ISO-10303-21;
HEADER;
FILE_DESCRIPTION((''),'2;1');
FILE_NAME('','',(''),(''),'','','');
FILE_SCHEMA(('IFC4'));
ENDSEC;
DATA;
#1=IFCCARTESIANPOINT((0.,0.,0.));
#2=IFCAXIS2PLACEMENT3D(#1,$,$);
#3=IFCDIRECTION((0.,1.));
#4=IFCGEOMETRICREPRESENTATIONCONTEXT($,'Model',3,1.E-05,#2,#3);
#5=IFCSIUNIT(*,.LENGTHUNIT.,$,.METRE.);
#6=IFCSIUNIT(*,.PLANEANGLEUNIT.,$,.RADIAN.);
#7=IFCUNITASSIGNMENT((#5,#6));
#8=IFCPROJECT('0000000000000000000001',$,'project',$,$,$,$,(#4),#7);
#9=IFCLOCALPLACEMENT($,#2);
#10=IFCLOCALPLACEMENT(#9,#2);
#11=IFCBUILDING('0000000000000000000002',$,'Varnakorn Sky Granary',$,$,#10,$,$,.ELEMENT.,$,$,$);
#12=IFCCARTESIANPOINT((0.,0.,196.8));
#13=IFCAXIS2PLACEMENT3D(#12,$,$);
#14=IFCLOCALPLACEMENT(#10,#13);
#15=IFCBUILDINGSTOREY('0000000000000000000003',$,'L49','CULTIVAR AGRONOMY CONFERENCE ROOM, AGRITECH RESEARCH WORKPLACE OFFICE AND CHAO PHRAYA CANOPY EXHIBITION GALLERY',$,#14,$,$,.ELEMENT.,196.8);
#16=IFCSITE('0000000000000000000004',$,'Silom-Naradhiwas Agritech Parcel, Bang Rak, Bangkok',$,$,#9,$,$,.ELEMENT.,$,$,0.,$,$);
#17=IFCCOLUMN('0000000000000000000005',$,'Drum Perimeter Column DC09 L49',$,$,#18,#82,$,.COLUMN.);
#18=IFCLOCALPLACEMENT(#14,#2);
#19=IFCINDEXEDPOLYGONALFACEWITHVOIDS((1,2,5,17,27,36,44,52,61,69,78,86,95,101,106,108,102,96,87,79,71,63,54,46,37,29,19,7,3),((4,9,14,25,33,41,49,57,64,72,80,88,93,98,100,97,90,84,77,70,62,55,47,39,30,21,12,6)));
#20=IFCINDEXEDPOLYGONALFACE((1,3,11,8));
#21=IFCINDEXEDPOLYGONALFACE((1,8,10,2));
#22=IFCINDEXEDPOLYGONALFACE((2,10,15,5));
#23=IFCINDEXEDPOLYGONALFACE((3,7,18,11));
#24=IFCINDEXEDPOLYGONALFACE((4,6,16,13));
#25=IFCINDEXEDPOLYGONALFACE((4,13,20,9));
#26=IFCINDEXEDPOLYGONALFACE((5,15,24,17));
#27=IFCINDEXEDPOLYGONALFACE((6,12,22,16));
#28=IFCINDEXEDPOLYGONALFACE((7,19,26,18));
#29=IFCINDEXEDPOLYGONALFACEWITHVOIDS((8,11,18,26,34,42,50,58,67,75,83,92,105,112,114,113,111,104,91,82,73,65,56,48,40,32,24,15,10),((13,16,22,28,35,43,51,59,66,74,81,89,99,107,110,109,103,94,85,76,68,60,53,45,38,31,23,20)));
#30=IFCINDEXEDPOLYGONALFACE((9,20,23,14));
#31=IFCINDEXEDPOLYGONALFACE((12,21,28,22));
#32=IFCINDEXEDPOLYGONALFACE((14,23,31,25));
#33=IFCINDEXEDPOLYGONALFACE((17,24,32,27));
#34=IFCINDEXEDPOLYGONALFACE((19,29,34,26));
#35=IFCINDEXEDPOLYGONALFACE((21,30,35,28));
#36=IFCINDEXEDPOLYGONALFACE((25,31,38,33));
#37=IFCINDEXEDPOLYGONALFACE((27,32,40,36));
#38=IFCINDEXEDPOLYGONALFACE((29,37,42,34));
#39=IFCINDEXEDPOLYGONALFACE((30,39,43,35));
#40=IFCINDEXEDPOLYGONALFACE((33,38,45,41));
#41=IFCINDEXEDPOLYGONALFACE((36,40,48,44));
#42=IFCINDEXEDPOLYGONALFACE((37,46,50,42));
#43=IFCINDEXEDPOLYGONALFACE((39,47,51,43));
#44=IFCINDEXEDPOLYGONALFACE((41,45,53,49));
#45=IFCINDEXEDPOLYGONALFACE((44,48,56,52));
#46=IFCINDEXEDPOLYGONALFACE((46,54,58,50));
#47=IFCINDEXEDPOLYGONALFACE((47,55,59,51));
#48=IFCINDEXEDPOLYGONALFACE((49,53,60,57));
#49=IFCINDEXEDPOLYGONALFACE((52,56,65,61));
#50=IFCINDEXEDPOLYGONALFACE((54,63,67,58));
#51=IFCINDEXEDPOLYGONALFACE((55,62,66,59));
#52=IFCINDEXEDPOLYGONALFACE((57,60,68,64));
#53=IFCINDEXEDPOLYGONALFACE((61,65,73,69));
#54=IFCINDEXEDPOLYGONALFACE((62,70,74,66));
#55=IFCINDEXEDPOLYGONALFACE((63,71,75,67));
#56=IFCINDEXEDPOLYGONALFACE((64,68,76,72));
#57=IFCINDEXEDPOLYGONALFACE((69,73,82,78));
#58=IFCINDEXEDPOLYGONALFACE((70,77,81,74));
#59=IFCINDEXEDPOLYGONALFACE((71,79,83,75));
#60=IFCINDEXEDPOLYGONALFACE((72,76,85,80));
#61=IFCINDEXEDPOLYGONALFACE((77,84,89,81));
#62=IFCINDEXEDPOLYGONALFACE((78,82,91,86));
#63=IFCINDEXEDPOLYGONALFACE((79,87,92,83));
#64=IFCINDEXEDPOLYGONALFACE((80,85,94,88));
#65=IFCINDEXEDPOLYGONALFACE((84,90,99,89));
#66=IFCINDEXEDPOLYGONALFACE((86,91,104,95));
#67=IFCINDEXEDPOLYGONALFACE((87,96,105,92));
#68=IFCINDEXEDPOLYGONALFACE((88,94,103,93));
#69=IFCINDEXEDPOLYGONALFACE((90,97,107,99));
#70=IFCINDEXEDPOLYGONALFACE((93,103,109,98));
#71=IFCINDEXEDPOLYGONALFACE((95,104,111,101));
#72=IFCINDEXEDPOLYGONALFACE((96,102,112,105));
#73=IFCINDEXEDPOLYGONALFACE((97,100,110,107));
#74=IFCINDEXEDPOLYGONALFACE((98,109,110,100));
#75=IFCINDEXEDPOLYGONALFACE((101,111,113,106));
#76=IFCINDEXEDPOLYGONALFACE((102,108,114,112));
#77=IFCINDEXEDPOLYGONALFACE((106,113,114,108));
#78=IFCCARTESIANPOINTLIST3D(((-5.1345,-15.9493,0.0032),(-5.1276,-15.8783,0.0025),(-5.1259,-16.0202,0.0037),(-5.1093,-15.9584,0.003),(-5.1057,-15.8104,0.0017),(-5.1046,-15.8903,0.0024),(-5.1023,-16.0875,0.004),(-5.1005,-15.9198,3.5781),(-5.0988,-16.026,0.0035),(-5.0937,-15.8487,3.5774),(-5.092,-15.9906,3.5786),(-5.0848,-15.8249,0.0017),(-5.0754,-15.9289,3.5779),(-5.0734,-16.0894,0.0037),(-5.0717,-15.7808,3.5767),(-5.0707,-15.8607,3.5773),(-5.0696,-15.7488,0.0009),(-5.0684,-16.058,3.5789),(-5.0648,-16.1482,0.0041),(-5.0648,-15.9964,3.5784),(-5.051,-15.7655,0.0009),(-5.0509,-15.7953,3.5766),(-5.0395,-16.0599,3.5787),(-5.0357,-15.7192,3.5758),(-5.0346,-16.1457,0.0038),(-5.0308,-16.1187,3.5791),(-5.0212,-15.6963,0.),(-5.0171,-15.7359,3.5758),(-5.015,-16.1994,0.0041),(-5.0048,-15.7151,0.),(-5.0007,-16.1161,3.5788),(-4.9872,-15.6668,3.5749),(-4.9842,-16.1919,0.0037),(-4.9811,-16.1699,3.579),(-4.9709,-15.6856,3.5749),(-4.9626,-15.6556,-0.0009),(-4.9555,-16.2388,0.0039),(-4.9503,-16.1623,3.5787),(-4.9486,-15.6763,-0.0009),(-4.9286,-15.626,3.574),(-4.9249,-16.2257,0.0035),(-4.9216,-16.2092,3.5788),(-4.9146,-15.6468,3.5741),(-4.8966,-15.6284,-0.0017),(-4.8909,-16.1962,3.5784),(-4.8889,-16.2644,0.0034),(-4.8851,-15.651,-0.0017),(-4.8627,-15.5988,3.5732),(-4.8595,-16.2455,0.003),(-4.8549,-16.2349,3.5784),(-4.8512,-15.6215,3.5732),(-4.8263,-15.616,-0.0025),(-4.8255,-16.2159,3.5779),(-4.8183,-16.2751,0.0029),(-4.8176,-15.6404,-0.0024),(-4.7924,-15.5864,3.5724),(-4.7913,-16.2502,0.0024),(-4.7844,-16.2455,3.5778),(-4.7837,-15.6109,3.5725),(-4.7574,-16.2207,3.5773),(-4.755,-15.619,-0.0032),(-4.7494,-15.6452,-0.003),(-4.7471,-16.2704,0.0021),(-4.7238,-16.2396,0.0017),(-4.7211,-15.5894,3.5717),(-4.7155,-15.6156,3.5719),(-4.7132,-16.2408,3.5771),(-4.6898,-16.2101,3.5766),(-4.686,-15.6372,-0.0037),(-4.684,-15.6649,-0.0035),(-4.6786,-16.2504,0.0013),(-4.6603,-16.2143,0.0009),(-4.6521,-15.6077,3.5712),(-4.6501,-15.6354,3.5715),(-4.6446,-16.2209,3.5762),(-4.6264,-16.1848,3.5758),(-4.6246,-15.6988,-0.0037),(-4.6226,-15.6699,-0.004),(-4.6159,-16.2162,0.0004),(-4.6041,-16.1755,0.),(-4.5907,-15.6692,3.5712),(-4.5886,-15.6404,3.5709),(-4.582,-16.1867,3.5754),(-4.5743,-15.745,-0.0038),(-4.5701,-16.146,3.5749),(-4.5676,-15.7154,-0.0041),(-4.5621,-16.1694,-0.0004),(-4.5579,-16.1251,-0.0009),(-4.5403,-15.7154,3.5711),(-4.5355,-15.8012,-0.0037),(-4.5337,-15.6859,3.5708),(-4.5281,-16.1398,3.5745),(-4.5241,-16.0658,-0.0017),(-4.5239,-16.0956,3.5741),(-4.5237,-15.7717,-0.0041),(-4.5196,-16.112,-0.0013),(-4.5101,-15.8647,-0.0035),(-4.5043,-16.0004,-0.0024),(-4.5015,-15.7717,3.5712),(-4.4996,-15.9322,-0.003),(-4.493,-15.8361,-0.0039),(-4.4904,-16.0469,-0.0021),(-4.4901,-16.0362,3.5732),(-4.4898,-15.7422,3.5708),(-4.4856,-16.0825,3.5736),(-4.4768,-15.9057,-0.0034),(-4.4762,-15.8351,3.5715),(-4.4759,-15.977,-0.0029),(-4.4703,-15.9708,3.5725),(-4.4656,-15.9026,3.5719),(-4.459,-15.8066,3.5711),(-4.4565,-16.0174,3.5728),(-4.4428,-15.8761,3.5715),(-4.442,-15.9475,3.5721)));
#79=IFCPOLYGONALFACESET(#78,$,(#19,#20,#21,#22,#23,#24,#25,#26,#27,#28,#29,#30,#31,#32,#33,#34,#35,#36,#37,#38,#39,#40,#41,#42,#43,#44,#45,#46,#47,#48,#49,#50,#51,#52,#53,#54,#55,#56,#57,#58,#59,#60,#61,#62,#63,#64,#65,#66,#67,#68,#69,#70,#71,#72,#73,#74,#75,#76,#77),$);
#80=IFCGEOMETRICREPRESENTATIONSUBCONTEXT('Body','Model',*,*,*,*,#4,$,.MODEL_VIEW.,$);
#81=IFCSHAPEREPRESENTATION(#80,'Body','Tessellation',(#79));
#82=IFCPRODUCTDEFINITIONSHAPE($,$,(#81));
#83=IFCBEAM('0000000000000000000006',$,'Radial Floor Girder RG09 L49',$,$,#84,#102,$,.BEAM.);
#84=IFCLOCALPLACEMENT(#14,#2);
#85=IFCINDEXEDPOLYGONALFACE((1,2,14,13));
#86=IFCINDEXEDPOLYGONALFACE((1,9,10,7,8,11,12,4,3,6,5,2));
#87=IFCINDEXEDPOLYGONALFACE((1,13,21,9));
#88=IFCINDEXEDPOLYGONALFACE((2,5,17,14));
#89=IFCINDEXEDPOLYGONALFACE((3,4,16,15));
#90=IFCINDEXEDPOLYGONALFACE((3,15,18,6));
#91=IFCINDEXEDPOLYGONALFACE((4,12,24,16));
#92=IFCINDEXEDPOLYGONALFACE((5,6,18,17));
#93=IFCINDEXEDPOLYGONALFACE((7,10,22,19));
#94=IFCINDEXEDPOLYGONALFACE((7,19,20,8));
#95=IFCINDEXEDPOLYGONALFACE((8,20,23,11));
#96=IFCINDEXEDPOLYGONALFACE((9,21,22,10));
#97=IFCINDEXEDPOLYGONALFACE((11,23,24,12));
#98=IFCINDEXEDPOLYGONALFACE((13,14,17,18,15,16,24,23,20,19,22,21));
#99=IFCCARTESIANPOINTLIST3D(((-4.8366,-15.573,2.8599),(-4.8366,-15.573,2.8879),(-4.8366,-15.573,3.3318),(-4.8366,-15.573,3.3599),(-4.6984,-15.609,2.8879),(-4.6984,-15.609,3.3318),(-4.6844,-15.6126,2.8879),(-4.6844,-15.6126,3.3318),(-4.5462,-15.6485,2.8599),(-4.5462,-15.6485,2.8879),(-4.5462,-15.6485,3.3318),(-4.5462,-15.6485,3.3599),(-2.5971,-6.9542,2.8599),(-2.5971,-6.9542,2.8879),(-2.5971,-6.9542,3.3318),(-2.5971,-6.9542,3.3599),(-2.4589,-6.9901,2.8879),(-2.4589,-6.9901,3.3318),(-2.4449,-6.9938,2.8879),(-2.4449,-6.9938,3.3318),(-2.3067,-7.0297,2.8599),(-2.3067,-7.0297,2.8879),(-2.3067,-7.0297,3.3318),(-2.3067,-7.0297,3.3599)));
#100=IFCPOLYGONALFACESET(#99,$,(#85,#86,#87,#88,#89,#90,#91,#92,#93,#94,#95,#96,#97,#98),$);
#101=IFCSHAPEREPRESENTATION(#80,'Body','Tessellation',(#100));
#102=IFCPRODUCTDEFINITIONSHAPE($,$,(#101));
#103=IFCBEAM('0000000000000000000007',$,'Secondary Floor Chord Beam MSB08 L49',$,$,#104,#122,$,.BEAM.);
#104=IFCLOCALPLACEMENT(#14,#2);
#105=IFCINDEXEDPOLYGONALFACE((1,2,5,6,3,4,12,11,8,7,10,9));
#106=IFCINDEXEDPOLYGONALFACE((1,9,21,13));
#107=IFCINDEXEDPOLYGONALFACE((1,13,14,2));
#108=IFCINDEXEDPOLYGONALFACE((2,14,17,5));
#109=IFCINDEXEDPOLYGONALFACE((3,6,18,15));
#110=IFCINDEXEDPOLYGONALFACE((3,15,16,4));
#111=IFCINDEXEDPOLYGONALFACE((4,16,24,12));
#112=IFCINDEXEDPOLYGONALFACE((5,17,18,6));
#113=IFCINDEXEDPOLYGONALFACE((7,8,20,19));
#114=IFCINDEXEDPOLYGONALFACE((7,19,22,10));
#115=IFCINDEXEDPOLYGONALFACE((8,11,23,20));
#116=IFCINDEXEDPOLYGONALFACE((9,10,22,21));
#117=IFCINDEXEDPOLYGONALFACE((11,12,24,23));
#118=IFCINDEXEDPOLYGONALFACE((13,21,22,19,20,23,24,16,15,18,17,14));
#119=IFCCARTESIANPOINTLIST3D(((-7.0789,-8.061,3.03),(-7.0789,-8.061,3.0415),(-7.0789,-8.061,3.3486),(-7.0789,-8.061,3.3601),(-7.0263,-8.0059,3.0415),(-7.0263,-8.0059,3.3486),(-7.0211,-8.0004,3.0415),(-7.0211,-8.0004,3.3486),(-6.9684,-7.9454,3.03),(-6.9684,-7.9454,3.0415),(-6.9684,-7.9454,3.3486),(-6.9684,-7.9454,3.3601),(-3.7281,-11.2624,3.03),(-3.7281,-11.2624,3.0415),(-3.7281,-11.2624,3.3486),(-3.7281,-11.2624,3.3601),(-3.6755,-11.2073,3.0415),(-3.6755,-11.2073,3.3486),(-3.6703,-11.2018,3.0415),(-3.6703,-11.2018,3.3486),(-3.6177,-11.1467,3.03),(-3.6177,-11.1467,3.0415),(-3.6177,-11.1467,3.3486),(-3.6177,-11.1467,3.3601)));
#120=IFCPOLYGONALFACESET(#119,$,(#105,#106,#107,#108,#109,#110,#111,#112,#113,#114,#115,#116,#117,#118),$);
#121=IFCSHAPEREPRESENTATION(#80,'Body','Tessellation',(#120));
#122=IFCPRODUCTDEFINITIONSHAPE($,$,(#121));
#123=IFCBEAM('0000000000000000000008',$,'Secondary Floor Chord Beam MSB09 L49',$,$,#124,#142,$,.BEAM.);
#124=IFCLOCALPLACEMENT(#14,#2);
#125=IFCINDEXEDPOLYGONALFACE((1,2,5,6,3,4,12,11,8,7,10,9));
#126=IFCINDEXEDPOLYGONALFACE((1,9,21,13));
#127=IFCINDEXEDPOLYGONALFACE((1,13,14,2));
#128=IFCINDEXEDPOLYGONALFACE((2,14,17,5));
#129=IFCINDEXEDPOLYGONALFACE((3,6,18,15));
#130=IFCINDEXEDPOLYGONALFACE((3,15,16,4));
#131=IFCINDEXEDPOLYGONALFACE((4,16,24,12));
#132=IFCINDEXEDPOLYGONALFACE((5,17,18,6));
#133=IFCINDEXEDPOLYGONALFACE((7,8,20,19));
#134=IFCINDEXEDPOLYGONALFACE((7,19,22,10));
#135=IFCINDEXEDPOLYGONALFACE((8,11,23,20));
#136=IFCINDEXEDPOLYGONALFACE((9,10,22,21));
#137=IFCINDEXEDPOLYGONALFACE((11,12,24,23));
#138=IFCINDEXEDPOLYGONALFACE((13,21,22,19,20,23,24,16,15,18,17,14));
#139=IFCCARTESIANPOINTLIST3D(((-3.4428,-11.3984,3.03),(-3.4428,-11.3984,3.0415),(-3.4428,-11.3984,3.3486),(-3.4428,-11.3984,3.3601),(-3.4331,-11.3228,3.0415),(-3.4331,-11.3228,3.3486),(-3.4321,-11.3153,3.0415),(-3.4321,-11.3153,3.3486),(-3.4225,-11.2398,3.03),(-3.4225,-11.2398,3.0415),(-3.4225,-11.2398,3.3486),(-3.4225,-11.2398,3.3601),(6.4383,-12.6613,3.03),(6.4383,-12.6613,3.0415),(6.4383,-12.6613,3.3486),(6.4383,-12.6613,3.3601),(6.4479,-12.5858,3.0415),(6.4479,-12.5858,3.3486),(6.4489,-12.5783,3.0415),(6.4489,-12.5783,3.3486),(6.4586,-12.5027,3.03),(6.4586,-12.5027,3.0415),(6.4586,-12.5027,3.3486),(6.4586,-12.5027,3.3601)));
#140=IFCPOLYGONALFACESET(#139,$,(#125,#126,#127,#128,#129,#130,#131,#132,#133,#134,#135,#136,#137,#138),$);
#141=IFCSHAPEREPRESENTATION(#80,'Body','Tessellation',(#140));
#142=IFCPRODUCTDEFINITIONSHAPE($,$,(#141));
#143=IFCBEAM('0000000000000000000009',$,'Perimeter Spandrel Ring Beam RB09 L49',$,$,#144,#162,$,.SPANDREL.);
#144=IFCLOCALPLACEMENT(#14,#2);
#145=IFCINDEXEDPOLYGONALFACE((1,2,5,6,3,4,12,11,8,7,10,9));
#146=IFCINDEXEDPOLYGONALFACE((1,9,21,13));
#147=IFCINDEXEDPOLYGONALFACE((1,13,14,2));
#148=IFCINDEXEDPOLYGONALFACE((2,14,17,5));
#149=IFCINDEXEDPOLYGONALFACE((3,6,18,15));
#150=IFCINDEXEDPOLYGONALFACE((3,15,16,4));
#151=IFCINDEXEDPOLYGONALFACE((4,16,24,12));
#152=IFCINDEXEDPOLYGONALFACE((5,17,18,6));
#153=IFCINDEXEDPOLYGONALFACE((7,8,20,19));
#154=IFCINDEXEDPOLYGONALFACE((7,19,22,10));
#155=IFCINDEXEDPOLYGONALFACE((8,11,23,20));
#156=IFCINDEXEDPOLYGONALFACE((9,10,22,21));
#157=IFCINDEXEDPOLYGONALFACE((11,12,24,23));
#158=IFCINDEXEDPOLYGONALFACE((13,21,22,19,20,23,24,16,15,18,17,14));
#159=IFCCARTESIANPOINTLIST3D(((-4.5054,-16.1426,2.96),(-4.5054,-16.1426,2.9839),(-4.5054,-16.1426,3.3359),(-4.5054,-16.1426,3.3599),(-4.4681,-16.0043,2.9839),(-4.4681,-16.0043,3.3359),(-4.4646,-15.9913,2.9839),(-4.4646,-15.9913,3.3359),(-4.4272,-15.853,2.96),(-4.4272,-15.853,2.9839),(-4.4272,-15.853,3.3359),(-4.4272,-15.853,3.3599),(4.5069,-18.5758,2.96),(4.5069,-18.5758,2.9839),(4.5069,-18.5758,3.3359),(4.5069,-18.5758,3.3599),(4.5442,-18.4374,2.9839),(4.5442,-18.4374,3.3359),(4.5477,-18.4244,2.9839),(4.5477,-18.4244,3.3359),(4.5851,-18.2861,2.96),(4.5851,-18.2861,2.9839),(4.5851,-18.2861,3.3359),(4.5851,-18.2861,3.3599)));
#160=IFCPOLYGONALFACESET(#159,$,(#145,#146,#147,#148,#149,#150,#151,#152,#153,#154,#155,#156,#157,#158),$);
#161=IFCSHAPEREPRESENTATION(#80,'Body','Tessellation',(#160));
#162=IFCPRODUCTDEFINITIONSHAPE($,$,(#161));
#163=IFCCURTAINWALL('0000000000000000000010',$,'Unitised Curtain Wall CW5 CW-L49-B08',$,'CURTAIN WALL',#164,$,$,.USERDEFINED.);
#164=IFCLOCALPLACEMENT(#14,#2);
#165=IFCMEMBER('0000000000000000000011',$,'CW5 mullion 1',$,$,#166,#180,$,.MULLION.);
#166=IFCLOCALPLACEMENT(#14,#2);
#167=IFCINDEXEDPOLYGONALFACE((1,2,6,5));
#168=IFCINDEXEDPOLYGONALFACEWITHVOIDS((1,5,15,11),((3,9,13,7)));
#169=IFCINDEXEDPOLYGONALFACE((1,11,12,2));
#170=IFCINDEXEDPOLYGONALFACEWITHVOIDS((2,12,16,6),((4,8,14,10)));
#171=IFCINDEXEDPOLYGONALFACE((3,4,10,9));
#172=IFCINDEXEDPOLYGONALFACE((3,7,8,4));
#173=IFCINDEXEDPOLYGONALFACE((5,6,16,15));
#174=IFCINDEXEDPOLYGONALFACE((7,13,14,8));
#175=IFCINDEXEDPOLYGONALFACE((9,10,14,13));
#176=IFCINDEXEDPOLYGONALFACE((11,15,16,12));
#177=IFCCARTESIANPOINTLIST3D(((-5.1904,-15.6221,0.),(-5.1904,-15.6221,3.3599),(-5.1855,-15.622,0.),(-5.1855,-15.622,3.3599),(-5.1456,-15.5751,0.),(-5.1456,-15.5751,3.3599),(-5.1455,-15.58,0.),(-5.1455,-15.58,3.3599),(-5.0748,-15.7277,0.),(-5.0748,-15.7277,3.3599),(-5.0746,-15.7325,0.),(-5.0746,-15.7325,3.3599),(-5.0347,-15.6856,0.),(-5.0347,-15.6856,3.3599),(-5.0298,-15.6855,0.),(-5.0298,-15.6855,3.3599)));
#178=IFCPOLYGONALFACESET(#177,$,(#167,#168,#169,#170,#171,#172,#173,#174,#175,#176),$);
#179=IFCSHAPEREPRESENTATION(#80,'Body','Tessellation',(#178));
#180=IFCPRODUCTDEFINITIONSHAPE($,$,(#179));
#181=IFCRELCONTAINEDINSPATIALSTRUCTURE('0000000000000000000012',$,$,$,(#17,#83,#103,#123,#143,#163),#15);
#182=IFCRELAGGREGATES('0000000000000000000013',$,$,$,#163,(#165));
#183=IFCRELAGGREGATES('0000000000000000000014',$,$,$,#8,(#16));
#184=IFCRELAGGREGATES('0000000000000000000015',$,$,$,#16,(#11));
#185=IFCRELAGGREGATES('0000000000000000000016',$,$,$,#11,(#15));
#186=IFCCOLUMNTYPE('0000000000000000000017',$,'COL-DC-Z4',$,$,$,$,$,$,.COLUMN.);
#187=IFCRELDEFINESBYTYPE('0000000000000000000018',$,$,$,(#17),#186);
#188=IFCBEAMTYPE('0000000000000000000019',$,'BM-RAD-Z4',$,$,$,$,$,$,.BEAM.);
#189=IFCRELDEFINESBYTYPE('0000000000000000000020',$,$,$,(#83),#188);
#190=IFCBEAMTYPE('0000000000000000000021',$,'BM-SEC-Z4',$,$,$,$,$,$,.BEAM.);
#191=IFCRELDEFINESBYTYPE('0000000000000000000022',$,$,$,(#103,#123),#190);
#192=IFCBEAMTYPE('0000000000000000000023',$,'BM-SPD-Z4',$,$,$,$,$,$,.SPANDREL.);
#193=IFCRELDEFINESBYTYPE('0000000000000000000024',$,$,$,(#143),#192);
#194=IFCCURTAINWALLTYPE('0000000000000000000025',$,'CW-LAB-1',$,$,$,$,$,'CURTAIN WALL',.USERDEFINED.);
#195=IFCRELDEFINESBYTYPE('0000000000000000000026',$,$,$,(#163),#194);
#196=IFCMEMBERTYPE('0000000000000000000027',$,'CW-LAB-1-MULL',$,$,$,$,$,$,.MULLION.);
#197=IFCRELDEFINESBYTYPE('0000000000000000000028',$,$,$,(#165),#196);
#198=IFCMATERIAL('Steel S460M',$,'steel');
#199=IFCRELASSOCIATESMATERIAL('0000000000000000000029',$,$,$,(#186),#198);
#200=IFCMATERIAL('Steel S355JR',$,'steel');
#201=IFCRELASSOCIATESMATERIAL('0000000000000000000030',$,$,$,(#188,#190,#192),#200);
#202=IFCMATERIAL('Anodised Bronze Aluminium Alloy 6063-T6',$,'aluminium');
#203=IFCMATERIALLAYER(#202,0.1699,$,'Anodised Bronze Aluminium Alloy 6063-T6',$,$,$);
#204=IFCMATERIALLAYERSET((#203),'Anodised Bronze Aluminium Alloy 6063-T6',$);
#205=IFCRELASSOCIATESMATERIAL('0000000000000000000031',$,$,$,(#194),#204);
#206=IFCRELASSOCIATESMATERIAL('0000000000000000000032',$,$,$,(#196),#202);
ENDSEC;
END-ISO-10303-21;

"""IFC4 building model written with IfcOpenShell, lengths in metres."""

from ifc_helpers import new_model, si_unit, direction, frame, origin, origin_2d, place, context, subcontext, project, spatial, hollow_rectangle, hollow_circle, i_section, extrude, material, layer, layer_set, material_profile, profile_set, type_object, element, aggregate, save


model = new_model("IFC4")

# Units and contexts
model_context = context("Model", 3, precision=1e-05, world=origin(), true_north=direction((0.0, 1.0)))
body_context = subcontext(model_context, "Body", "Model", "MODEL_VIEW")
ifc_project = project(units=[si_unit("LENGTHUNIT", "METRE"), si_unit("PLANEANGLEUNIT", "RADIAN")], contexts=[model_context])

# Site, building, storey
site_placement = place(None, origin())
site = spatial("IfcSite", under=ifc_project, at=site_placement, Name="Silom-Naradhiwas Agritech Parcel, Bang Rak, Bangkok", CompositionType="ELEMENT", RefElevation=0.0)
building_placement = place(site_placement, origin())
building = spatial("IfcBuilding", under=site, at=building_placement, Name="Varnakorn Sky Granary", CompositionType="ELEMENT")
storey_placement = place(building_placement, frame((0.0, 0.0, 196.8)))
storey = spatial("IfcBuildingStorey", under=building, at=storey_placement, Name="L49", Description="CULTIVAR AGRONOMY CONFERENCE ROOM, AGRITECH RESEARCH WORKPLACE OFFICE AND CHAO PHRAYA CANOPY EXHIBITION GALLERY", CompositionType="ELEMENT", Elevation=196.8)

# Column
ifc_material_1 = material(Name="Steel S460M", Category="steel")
ifc_material_profile_1 = material_profile(ifc_material_1, hollow_circle(Radius=0.3301, WallThickness=0.0249, at=origin_2d()), Name="CHS 660x25")
ifc_profile_set_1 = profile_set([ifc_material_profile_1], Name="Steel S460M")
column_type = type_object("IfcColumnType", Name="COL-DC-Z4", PredefinedType="COLUMN", material=ifc_profile_set_1)
column_placement = place(storey_placement, frame((-4.8044, -15.9453, 0.0), z_axis=(0.009492, 0.008263, 0.999921), x_axis=(-0.656582, 0.754255, 0.0)))
element("IfcColumn", 1, at=column_placement, inside=storey, type_object=column_type, Name="Drum Perimeter Column DC09 L49", PredefinedType="COLUMN", context=body_context, shape_type="SweptSolid", body=[
    extrude(hollow_circle(Radius=0.3301, WallThickness=0.0249, at=origin_2d()), origin(), (0.0, 0.0, 1.0), 3.5752),
])

# Beams
ifc_material_2 = material(Name="Steel S355JR", Category="steel")
ifc_material_profile_2 = material_profile(ifc_material_2, i_section(OverallWidth=0.3, OverallDepth=0.5, WebThickness=0.0144, FlangeThickness=0.0281, at=origin_2d()), Name="HE 500 B")
ifc_profile_set_2 = profile_set([ifc_material_profile_2], Name="Steel S355JR")
beam_type_1 = type_object("IfcBeamType", Name="BM-RAD-Z4", PredefinedType="BEAM", material=ifc_profile_set_2)
beam_1_placement = place(storey_placement, frame((-2.4519, -6.9919, 3.1099), z_axis=(-0.251485, -0.967861, 0.0), x_axis=(0.967861, -0.251485, 0.0)))
element("IfcBeam", 2, at=beam_1_placement, inside=storey, type_object=beam_type_1, Name="Radial Floor Girder RG09 L49", PredefinedType="BEAM", context=body_context, shape_type="SweptSolid", body=[
    extrude(i_section(OverallWidth=0.3, OverallDepth=0.5, WebThickness=0.0144, FlangeThickness=0.0281, at=origin_2d()), origin(), (0.0, 0.0, 1.0), 8.905),
])
ifc_material_profile_3 = material_profile(ifc_material_2, i_section(OverallWidth=0.1599, OverallDepth=0.3301, WebThickness=0.0076, FlangeThickness=0.0115, at=origin_2d()), Name="IPE 330")
ifc_profile_set_3 = profile_set([ifc_material_profile_3], Name="Steel S355JR")
beam_type_2 = type_object("IfcBeamType", Name="BM-SEC-Z4", PredefinedType="BEAM", material=ifc_profile_set_3)
beam_2_placement = place(storey_placement, frame((-7.0237, -8.0032, 3.1951), z_axis=(0.723043, -0.690803, 0.0), x_axis=(0.690803, 0.723043, 0.0)))
element("IfcBeam", 3, at=beam_2_placement, inside=storey, type_object=beam_type_2, Name="Secondary Floor Chord Beam MSB08 L49", PredefinedType="BEAM", context=body_context, shape_type="SweptSolid", body=[
    extrude(i_section(OverallWidth=0.1599, OverallDepth=0.3301, WebThickness=0.0076, FlangeThickness=0.0115, at=origin_2d()), origin(), (0.0, 0.0, 1.0), 4.6343),
])
beam_3_placement = place(storey_placement, frame((-3.4326, -11.3191, 3.1951), z_axis=(0.991931, -0.126782, 0.0), x_axis=(0.126782, 0.991931, 0.0)))
element("IfcBeam", 4, at=beam_3_placement, inside=storey, type_object=beam_type_2, Name="Secondary Floor Chord Beam MSB09 L49", PredefinedType="BEAM", context=body_context, shape_type="SweptSolid", body=[
    extrude(i_section(OverallWidth=0.1599, OverallDepth=0.3301, WebThickness=0.0076, FlangeThickness=0.0115, at=origin_2d()), origin(), (0.0, 0.0, 1.0), 9.9614),
])
ifc_material_profile_4 = material_profile(ifc_material_2, i_section(OverallWidth=0.3, OverallDepth=0.3999, WebThickness=0.0134, FlangeThickness=0.0239, at=origin_2d()), Name="HE 400 B")
ifc_profile_set_4 = profile_set([ifc_material_profile_4], Name="Steel S355JR")
beam_type_3 = type_object("IfcBeamType", Name="BM-SPD-Z4", PredefinedType="SPANDREL", material=ifc_profile_set_4)
beam_4_placement = place(storey_placement, frame((-4.4663, -15.9978, 3.1599), z_axis=(0.965434, -0.260647, 0.0), x_axis=(0.260647, 0.965434, 0.0)))
element("IfcBeam", 5, at=beam_4_placement, inside=storey, type_object=beam_type_3, Name="Perimeter Spandrel Ring Beam RB09 L49", PredefinedType="SPANDREL", context=body_context, shape_type="SweptSolid", body=[
    extrude(i_section(OverallWidth=0.3, OverallDepth=0.3999, WebThickness=0.0134, FlangeThickness=0.0239, at=origin_2d()), origin(), (0.0, 0.0, 1.0), 9.335),
])

# Curtain wall, member
ifc_material_3 = material(Name="Anodised Bronze Aluminium Alloy 6063-T6", Category="aluminium")
ifc_layer_1 = layer(ifc_material_3, 0.1699, Name="Anodised Bronze Aluminium Alloy 6063-T6")
ifc_layer_set_1 = layer_set([ifc_layer_1], Name="Anodised Bronze Aluminium Alloy 6063-T6")
curtain_wall_type = type_object("IfcCurtainWallType", Name="CW-LAB-1", ElementType="CURTAIN WALL", PredefinedType="USERDEFINED", material=ifc_layer_set_1)
curtain_wall_placement = place(storey_placement, origin())
curtain_wall = element("IfcCurtainWall", 6, at=curtain_wall_placement, inside=storey, type_object=curtain_wall_type, Name="Unitised Curtain Wall CW5 CW-L49-B08", ObjectType="CURTAIN WALL", PredefinedType="USERDEFINED")
ifc_material_profile_5 = material_profile(ifc_material_3, hollow_rectangle(XDim=0.0649, YDim=0.1599, WallThickness=0.0034, at=origin_2d()), Name="ALU MULL 65x160")
ifc_profile_set_5 = profile_set([ifc_material_profile_5], Name="Anodised Bronze Aluminium Alloy 6063-T6")
member_type_1 = type_object("IfcMemberType", Name="CW-LAB-1-MULL", PredefinedType="MULLION", material=ifc_profile_set_5)
member_1_placement = place(storey_placement, frame((-5.1101, -15.6538, 0.0), z_axis=(0.0, 0.0, 1.0), x_axis=(-0.690097, -0.723717, 0.0)))
member_1 = element("IfcMember", 7, at=member_1_placement, type_object=member_type_1, Name="CW5 mullion 1", PredefinedType="MULLION", context=body_context, shape_type="SweptSolid", body=[
    extrude(hollow_rectangle(XDim=0.0649, YDim=0.1599, WallThickness=0.0034, at=origin_2d()), origin(), (0.0, 0.0, 1.0), 3.3599),
])

aggregate(curtain_wall, [member_1])

save(model, "model.ifc")
